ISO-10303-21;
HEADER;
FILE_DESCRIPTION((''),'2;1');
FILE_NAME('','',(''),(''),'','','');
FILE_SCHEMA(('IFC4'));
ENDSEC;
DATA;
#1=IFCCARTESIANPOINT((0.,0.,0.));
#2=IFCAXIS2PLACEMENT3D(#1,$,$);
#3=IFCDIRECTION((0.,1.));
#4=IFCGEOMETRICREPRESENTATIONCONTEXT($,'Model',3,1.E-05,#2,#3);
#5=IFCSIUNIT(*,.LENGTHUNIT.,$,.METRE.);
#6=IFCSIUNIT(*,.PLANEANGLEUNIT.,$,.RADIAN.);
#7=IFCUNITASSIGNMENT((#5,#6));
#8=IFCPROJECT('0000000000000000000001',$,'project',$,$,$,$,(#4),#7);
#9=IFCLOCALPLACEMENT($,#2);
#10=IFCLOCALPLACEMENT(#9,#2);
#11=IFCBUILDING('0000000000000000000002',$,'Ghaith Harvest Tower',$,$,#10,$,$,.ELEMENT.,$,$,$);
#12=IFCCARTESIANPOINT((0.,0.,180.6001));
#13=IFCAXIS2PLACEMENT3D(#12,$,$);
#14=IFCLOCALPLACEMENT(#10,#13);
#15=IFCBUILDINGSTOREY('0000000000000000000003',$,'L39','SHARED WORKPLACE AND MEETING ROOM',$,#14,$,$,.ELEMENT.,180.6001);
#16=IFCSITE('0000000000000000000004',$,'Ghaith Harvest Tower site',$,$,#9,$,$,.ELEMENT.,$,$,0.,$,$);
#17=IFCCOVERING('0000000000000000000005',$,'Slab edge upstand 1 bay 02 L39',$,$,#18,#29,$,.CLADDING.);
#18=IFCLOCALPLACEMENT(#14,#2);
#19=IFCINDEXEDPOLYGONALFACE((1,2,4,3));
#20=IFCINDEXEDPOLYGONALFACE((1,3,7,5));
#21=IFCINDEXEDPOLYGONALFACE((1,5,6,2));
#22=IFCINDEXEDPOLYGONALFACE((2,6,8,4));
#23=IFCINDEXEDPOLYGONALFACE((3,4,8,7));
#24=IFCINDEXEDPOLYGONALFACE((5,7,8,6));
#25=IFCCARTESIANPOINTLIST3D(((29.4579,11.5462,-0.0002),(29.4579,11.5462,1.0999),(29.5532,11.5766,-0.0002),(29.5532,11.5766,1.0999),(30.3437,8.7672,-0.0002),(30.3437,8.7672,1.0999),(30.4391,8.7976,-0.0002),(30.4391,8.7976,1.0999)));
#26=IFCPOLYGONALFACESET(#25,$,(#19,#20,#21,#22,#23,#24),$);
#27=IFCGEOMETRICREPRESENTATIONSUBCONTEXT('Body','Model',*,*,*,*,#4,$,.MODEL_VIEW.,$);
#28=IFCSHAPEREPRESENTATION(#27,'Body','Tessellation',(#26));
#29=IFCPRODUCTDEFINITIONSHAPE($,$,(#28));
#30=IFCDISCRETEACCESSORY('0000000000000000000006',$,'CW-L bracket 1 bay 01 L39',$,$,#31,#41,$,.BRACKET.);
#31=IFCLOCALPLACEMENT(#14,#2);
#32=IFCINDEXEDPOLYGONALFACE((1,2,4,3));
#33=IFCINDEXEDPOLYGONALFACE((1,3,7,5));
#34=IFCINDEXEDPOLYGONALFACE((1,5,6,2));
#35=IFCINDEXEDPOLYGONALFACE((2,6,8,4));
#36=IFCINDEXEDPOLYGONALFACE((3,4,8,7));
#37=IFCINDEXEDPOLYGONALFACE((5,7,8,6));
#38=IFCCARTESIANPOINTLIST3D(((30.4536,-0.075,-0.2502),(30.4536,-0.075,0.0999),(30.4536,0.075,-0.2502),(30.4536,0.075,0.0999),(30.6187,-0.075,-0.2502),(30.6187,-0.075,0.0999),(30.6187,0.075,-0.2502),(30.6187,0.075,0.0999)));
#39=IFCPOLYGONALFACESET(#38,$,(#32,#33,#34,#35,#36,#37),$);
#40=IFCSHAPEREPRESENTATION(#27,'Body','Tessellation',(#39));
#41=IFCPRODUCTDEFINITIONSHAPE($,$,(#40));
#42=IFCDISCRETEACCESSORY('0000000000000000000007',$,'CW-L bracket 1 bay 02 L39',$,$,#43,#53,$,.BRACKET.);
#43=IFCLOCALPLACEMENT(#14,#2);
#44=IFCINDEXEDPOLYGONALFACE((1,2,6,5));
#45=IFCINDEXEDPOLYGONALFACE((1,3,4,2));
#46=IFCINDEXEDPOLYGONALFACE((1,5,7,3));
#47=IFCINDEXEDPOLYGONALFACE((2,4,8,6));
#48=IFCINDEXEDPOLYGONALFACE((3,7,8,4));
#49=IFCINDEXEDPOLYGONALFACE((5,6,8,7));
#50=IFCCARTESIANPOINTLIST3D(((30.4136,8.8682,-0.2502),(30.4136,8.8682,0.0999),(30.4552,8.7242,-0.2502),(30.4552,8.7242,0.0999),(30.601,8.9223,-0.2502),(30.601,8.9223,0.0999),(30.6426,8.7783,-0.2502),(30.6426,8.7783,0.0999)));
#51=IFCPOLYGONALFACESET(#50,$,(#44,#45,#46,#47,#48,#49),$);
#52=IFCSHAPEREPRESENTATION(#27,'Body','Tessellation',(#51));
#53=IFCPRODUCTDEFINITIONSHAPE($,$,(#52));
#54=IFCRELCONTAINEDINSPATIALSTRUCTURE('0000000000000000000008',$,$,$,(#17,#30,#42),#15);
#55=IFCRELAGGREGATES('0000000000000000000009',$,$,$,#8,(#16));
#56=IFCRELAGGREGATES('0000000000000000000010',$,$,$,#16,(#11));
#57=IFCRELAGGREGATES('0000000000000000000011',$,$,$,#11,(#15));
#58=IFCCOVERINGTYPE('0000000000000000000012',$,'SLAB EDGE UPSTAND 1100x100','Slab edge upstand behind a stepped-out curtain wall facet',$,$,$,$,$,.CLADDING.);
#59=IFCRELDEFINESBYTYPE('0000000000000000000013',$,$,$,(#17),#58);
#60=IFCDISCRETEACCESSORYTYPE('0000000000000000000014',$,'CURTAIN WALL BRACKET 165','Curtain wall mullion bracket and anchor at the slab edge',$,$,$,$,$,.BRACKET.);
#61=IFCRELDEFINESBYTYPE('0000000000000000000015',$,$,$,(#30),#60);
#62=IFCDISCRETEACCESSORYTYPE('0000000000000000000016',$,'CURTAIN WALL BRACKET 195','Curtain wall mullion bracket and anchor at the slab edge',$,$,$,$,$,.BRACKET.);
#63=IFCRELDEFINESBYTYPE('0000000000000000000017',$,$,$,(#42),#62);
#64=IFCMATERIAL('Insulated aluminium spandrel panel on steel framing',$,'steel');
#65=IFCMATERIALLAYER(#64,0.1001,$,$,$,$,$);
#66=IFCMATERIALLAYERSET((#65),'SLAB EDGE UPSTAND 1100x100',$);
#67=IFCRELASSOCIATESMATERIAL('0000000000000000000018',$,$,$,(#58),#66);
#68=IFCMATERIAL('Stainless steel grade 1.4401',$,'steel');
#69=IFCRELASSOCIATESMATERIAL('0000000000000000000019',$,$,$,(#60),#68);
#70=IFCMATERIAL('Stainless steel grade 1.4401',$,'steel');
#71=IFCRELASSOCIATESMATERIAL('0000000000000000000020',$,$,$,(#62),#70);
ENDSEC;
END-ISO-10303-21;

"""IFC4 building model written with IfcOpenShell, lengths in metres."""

from ifc_helpers import new_model, si_unit, direction, frame, origin, origin_2d, place, context, subcontext, project, spatial, rectangle, extrude, material, layer, layer_set, type_object, element, save


model = new_model("IFC4")

# Units and contexts
model_context = context("Model", 3, precision=1e-05, world=origin(), true_north=direction((0.0, 1.0)))
body_context = subcontext(model_context, "Body", "Model", "MODEL_VIEW")
ifc_project = project(units=[si_unit("LENGTHUNIT", "METRE"), si_unit("PLANEANGLEUNIT", "RADIAN")], contexts=[model_context])

# Site, building, storey
site_placement = place(None, origin())
site = spatial("IfcSite", under=ifc_project, at=site_placement, Name="Ghaith Harvest Tower site", CompositionType="ELEMENT", RefElevation=0.0)
building_placement = place(site_placement, origin())
building = spatial("IfcBuilding", under=site, at=building_placement, Name="Ghaith Harvest Tower", CompositionType="ELEMENT")
storey_placement = place(building_placement, frame((0.0, 0.0, 180.6001)))
storey = spatial("IfcBuildingStorey", under=building, at=storey_placement, Name="L39", Description="SHARED WORKPLACE AND MEETING ROOM", CompositionType="ELEMENT", Elevation=180.6001)

# Covering
ifc_material_1 = material(Name="Insulated aluminium spandrel panel on steel framing", Category="steel")
ifc_layer_1 = layer(ifc_material_1, 0.1001)
ifc_layer_set_1 = layer_set([ifc_layer_1], Name="SLAB EDGE UPSTAND 1100x100")
covering_type = type_object("IfcCoveringType", Name="SLAB EDGE UPSTAND 1100x100", Description="Slab edge upstand behind a stepped-out curtain wall facet", PredefinedType="CLADDING", material=ifc_layer_set_1)
covering_1_placement = place(storey_placement, frame((29.9485, 10.1719, -0.0002), z_axis=(0.0, 0.0, 1.0), x_axis=(-0.303717, 0.952762, 0.0)))
element("IfcCovering", 1, at=covering_1_placement, inside=storey, type_object=covering_type, Name="Slab edge upstand 1 bay 02 L39", PredefinedType="CLADDING", context=body_context, shape_type="SweptSolid", body=[
    extrude(rectangle(XDim=2.9167, YDim=0.1001, at=origin_2d()), origin(), (0.0, 0.0, 1.0), 1.1001),
])

# Discrete accessories
ifc_material_2 = material(Name="Stainless steel grade 1.4401", Category="steel")
discrete_accessory_type_1 = type_object("IfcDiscreteAccessoryType", Name="CURTAIN WALL BRACKET 165", Description="Curtain wall mullion bracket and anchor at the slab edge", PredefinedType="BRACKET", material=ifc_material_2)
discrete_accessory_1_placement = place(storey_placement, frame((30.5361, 0.0, -0.2502), z_axis=(0.0, 0.0, 1.0), x_axis=(1.0, 0.0, 0.0)))
element("IfcDiscreteAccessory", 2, at=discrete_accessory_1_placement, inside=storey, type_object=discrete_accessory_type_1, Name="CW-L bracket 1 bay 01 L39", PredefinedType="BRACKET", context=body_context, shape_type="SweptSolid", body=[
    extrude(rectangle(XDim=0.165, YDim=0.1499, at=origin_2d()), origin(), (0.0, 0.0, 1.0), 0.3501),
])
ifc_material_3 = material(Name="Stainless steel grade 1.4401", Category="steel")
discrete_accessory_type_2 = type_object("IfcDiscreteAccessoryType", Name="CURTAIN WALL BRACKET 195", Description="Curtain wall mullion bracket and anchor at the slab edge", PredefinedType="BRACKET", material=ifc_material_3)
discrete_accessory_2_placement = place(storey_placement, frame((30.5281, 8.8232, -0.2502), z_axis=(0.0, 0.0, 1.0), x_axis=(0.96068, 0.277657, 0.0)))
element("IfcDiscreteAccessory", 3, at=discrete_accessory_2_placement, inside=storey, type_object=discrete_accessory_type_2, Name="CW-L bracket 1 bay 02 L39", PredefinedType="BRACKET", context=body_context, shape_type="SweptSolid", body=[
    extrude(rectangle(XDim=0.1951, YDim=0.1499, at=origin_2d()), origin(), (0.0, 0.0, 1.0), 0.3501),
])

save(model, "model.ifc")
